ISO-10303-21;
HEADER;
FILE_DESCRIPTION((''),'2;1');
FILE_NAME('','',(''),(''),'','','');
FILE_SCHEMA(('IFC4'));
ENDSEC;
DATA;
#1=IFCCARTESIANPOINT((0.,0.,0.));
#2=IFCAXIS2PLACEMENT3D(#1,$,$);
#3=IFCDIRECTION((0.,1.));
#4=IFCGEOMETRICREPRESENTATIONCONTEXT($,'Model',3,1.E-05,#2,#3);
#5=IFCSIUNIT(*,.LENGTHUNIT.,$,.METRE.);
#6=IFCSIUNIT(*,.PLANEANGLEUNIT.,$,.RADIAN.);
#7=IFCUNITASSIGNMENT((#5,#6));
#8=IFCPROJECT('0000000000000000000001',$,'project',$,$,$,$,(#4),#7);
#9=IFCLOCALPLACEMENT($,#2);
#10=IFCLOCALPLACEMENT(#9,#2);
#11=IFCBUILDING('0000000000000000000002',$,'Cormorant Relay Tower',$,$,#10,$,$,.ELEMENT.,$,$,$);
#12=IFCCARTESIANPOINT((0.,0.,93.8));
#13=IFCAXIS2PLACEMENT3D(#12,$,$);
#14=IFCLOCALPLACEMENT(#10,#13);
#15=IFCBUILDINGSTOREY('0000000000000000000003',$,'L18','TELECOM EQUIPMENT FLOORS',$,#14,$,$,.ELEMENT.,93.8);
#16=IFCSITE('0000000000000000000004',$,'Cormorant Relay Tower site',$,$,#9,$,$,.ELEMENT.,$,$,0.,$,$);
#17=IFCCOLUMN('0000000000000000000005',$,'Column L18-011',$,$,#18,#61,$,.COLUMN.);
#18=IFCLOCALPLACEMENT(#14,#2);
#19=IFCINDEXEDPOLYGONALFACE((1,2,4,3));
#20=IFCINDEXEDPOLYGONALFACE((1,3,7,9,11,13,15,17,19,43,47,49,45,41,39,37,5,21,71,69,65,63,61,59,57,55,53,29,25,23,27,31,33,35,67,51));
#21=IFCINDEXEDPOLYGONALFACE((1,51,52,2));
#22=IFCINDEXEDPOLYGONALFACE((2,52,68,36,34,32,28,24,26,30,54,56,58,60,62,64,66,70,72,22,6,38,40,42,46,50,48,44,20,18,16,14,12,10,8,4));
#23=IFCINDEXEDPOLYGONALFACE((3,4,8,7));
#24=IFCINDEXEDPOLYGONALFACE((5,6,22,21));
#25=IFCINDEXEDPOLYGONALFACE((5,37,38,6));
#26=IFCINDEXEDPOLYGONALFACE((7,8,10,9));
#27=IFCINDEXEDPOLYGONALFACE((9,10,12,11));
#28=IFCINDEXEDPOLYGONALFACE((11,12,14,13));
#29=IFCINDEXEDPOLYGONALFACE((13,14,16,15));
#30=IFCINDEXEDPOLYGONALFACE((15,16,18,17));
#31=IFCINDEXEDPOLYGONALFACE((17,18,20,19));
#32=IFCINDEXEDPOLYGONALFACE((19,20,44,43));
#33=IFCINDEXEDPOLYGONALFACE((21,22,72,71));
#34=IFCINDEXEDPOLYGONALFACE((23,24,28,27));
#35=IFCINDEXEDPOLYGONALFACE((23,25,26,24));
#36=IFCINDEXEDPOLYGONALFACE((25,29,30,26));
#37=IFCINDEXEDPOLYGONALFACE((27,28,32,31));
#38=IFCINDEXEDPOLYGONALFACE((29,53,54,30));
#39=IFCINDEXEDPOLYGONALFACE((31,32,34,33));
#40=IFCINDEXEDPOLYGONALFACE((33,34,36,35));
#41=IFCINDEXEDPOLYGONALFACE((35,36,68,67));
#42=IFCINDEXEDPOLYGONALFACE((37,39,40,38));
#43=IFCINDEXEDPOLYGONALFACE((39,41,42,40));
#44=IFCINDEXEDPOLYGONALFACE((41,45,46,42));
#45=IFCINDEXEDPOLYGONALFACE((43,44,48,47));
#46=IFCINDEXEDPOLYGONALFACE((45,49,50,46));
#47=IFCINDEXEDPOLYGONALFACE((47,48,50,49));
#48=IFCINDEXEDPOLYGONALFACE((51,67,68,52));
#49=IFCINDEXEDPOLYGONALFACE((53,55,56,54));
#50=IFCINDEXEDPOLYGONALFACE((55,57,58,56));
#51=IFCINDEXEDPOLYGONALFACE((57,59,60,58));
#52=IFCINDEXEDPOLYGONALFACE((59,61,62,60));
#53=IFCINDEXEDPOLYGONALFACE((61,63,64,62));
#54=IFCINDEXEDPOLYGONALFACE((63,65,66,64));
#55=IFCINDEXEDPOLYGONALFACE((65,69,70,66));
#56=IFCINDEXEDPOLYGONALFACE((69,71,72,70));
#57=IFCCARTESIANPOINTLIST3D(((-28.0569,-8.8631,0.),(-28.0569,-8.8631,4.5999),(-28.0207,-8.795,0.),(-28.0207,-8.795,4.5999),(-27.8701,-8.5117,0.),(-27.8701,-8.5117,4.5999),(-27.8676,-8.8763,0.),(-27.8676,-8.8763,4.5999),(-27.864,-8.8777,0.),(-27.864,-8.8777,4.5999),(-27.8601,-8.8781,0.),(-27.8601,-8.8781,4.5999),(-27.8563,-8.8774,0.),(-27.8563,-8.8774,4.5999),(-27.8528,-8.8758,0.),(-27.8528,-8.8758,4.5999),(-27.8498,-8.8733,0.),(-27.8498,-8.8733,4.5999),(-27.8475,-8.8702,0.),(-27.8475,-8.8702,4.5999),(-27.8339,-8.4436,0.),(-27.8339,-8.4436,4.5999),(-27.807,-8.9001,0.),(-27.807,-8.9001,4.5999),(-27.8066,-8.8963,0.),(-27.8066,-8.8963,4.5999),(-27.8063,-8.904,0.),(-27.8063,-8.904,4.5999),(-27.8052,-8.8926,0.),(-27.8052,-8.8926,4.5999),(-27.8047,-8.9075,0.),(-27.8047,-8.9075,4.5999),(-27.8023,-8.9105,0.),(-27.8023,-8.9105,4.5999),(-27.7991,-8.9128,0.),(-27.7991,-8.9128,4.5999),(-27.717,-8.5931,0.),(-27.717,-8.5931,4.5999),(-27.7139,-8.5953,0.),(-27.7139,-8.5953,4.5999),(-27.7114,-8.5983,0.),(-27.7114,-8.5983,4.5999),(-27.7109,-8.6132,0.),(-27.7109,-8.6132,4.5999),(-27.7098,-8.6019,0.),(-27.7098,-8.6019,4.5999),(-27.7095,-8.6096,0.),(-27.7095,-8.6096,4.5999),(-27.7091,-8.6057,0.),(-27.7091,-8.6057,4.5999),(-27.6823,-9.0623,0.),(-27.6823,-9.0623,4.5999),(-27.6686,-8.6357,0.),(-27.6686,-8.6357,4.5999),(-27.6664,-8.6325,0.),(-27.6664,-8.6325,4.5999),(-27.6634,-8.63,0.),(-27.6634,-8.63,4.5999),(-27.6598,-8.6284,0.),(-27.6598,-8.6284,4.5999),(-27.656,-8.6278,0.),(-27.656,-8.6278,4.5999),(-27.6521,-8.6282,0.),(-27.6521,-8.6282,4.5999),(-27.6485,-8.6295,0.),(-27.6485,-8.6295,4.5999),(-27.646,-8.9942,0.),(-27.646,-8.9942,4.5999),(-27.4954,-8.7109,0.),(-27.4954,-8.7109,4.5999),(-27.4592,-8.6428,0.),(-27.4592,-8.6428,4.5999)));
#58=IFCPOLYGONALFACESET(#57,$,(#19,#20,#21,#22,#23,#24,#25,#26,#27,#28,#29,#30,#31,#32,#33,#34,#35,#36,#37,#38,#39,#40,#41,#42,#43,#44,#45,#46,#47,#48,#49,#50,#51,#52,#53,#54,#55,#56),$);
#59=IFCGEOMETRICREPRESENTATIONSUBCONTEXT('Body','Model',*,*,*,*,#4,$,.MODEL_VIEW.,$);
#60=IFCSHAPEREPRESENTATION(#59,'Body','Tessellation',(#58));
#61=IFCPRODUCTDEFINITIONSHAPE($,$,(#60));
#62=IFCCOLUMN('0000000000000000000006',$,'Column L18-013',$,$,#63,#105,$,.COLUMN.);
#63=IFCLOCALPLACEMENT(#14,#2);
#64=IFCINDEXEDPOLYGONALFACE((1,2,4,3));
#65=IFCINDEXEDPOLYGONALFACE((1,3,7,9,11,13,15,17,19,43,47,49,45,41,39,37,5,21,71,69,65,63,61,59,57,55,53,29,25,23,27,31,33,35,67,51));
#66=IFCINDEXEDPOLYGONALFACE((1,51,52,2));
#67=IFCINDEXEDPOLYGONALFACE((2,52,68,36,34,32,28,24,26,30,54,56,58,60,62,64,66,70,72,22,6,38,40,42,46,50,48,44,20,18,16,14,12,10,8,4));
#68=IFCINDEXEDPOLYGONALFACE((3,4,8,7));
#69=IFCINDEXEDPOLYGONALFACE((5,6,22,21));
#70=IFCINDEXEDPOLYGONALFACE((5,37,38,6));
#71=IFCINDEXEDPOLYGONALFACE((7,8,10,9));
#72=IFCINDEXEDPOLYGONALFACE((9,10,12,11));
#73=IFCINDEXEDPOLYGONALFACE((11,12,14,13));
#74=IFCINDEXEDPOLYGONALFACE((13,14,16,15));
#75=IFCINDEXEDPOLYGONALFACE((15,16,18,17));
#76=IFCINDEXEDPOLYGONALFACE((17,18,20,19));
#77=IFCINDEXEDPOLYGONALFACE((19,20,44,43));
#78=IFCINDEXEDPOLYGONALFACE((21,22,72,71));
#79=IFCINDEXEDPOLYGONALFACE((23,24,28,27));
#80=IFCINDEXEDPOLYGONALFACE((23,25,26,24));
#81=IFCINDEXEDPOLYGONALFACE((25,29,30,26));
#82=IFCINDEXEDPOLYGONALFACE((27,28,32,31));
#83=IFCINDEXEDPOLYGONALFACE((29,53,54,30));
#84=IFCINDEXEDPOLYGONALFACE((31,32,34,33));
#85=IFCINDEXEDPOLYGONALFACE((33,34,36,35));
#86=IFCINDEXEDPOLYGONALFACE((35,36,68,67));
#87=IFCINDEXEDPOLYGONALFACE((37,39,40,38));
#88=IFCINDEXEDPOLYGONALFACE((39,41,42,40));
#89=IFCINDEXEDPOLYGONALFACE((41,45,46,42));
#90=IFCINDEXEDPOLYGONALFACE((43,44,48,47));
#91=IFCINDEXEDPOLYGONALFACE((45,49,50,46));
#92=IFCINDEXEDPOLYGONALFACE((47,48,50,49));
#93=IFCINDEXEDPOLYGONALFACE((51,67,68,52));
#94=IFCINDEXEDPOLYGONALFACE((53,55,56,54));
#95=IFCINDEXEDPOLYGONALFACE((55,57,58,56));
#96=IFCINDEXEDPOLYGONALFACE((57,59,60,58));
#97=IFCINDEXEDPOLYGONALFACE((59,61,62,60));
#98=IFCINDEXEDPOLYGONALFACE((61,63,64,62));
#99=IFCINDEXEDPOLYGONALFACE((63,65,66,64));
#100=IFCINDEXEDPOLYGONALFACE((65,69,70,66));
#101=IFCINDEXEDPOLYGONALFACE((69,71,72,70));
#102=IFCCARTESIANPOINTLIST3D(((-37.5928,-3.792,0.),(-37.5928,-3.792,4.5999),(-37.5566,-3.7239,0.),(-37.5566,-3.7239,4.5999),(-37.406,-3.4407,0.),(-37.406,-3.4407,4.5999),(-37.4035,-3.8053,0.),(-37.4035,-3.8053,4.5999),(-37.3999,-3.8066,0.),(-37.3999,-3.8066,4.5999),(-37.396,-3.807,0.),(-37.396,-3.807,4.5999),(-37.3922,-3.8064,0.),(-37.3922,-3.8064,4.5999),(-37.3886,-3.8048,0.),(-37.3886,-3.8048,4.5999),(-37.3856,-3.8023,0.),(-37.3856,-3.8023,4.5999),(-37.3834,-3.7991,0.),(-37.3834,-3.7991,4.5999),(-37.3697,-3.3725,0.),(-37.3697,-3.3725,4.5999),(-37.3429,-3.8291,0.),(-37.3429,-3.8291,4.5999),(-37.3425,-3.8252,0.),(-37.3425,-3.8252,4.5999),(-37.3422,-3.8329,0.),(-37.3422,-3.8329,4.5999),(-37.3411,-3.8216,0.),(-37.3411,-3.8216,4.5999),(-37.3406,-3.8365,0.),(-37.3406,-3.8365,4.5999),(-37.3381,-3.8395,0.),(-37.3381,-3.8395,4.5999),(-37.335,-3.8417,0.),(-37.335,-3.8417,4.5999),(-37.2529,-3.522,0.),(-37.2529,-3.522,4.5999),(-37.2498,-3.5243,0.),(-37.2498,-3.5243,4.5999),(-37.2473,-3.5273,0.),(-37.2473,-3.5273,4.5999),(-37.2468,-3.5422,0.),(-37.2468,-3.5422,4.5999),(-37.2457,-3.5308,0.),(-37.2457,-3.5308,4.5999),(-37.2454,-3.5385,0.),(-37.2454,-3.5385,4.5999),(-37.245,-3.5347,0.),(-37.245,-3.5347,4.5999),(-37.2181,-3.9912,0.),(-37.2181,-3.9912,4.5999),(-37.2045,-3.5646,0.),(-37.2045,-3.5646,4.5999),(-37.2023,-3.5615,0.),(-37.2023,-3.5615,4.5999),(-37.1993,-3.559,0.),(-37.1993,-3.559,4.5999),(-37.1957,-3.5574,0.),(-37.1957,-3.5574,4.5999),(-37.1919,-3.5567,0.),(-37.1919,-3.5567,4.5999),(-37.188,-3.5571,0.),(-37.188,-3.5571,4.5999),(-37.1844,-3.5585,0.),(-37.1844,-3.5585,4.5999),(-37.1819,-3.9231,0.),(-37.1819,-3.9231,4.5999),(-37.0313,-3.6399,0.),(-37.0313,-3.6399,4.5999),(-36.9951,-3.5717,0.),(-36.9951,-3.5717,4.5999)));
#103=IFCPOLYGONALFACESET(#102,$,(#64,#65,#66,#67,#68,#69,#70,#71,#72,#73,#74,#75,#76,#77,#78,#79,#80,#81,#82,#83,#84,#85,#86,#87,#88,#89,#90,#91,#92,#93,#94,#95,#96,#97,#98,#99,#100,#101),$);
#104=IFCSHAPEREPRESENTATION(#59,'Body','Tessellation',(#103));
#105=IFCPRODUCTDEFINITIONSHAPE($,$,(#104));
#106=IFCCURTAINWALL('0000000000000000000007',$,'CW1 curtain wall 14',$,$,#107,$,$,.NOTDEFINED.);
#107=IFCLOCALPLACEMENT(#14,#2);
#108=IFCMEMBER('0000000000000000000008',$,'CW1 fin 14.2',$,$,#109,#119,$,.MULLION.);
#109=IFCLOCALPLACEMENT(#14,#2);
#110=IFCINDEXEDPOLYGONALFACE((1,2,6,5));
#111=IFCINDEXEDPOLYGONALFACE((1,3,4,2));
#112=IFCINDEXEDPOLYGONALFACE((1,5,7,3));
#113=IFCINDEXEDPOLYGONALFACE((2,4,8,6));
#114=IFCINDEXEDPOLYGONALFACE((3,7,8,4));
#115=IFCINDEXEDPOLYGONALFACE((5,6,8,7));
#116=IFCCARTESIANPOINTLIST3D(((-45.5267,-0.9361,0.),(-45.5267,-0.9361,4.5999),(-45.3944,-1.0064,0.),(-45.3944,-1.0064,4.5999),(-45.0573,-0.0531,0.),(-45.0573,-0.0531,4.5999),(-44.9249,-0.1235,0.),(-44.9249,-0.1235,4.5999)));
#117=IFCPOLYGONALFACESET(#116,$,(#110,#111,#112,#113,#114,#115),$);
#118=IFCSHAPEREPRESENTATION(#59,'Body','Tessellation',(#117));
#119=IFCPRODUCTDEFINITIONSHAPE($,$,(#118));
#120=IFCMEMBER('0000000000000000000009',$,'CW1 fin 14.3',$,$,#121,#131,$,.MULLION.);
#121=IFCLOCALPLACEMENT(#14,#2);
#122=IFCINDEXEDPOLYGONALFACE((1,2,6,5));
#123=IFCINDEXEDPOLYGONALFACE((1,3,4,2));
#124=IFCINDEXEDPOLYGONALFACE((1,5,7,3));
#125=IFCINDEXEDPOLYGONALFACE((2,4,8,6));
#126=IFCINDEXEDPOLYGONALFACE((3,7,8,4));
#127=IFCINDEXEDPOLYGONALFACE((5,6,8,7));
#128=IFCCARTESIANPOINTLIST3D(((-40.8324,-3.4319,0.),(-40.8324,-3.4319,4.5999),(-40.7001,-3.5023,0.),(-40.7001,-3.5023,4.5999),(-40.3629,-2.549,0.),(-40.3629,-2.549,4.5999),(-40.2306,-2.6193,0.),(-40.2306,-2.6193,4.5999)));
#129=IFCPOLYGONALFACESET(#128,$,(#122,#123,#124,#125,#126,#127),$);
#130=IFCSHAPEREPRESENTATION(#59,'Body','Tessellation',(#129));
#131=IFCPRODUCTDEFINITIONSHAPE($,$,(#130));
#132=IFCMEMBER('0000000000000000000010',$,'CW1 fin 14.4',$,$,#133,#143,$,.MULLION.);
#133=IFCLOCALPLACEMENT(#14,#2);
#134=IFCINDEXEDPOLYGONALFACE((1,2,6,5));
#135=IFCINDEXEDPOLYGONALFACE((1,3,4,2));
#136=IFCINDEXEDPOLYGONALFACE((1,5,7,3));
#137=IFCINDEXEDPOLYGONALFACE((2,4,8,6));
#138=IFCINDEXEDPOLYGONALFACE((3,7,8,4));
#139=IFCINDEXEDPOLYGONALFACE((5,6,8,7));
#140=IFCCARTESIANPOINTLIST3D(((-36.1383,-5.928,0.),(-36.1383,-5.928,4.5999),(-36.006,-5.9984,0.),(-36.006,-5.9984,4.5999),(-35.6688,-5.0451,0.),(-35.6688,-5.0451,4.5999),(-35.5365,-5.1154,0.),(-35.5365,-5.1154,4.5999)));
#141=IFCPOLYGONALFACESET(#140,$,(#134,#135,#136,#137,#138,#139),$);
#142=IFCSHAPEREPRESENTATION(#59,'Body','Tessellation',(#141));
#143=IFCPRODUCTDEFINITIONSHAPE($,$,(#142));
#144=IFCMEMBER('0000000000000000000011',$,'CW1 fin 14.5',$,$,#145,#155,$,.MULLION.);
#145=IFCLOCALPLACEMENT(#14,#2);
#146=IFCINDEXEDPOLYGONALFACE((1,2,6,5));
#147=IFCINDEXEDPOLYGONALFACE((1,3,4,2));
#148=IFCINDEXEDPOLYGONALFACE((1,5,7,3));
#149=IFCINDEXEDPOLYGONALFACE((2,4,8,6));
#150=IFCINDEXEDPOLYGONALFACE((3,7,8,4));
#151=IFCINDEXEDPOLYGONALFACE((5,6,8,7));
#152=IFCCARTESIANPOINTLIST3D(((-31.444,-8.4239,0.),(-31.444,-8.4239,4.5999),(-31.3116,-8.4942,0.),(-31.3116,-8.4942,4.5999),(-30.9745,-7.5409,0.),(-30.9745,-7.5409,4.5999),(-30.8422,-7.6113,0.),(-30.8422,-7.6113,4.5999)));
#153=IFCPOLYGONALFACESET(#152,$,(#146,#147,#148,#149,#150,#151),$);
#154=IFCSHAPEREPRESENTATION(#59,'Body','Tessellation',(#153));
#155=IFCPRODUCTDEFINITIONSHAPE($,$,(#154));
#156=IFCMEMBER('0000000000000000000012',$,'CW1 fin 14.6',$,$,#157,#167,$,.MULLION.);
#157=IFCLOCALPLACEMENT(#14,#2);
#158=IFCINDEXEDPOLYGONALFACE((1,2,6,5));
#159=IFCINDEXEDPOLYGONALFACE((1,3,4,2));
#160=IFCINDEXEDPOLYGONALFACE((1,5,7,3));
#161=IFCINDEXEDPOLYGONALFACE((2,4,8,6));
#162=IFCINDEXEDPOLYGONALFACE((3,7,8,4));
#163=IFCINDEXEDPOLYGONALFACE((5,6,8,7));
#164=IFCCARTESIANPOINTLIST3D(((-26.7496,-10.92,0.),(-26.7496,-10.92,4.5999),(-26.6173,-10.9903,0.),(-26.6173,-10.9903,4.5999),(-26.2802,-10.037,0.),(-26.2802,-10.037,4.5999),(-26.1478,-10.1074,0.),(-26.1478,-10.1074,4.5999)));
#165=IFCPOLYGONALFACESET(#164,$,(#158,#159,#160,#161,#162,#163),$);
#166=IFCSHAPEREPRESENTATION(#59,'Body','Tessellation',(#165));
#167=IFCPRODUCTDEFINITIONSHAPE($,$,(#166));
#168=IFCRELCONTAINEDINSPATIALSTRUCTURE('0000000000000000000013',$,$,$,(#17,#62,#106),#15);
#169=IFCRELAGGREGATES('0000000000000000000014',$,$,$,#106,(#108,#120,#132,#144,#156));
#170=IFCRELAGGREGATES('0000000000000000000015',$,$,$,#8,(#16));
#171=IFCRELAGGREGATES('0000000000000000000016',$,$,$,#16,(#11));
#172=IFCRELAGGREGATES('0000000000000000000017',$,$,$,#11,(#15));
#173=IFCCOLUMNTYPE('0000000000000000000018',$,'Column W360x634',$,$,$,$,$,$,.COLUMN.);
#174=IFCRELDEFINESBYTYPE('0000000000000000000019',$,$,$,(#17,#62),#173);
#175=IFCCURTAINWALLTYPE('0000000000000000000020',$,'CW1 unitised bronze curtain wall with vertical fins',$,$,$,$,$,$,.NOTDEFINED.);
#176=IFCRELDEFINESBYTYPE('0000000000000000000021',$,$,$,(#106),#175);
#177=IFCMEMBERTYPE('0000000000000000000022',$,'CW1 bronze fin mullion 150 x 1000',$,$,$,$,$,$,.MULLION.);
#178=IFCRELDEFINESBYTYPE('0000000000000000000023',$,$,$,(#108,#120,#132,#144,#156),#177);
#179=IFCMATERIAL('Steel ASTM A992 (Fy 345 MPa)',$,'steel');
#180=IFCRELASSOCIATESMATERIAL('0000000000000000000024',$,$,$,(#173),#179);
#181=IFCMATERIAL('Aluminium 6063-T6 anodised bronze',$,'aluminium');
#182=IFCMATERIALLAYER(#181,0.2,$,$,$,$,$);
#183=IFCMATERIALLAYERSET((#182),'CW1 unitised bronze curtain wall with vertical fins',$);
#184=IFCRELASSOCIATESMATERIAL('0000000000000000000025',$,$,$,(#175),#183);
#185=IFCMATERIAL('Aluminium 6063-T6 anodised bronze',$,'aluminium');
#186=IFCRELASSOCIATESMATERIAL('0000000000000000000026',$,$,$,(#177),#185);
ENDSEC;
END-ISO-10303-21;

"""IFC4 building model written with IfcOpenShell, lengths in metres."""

from ifc_helpers import new_model, si_unit, direction, frame, origin, origin_2d, place, context, subcontext, project, spatial, rectangle, i_section, extrude, material, layer, layer_set, material_profile, profile_set, type_object, element, aggregate, save


model = new_model("IFC4")

# Units and contexts
model_context = context("Model", 3, precision=1e-05, world=origin(), true_north=direction((0.0, 1.0)))
body_context = subcontext(model_context, "Body", "Model", "MODEL_VIEW")
ifc_project = project(units=[si_unit("LENGTHUNIT", "METRE"), si_unit("PLANEANGLEUNIT", "RADIAN")], contexts=[model_context])

# Site, building, storey
site_placement = place(None, origin())
site = spatial("IfcSite", under=ifc_project, at=site_placement, Name="Cormorant Relay Tower site", CompositionType="ELEMENT", RefElevation=0.0)
building_placement = place(site_placement, origin())
building = spatial("IfcBuilding", under=site, at=building_placement, Name="Cormorant Relay Tower", CompositionType="ELEMENT")
storey_placement = place(building_placement, frame((0.0, 0.0, 93.8)))
storey = spatial("IfcBuildingStorey", under=building, at=storey_placement, Name="L18", Description="TELECOM EQUIPMENT FLOORS", CompositionType="ELEMENT", Elevation=93.8)

# Columns
ifc_material_1 = material(Name="Steel ASTM A992 (Fy 345 MPa)", Category="steel")
ifc_material_profile_1 = material_profile(ifc_material_1, i_section(OverallWidth=0.4243, OverallDepth=0.4751, WebThickness=0.0479, FlangeThickness=0.0771, FilletRadius=0.0149, at=origin_2d()), Name="W360x634")
ifc_profile_set_1 = profile_set([ifc_material_profile_1], Name="Steel ASTM A992 (Fy 345 MPa)")
column_type = type_object("IfcColumnType", Name="Column W360x634", PredefinedType="COLUMN", material=ifc_profile_set_1)
for number, where, z_axis, x_axis, name in (
    (1, (-27.7581, -8.7529, 0.0), (0.0, 0.0, 1.0), (0.882948, -0.469472, 0.0), "Column L18-011"),
    (2, (-37.2939, -3.6819, 0.0), (0.0, 0.0, 1.0), (0.882948, -0.469472, 0.0), "Column L18-013"),
):
    element("IfcColumn", number, at=place(storey_placement, frame(where, z_axis=z_axis, x_axis=x_axis)), inside=storey, type_object=column_type, Name=name, PredefinedType="COLUMN", context=body_context, shape_type="SweptSolid", body=[
        extrude(i_section(OverallWidth=0.4243, OverallDepth=0.4751, WebThickness=0.0479, FlangeThickness=0.0771, FilletRadius=0.0149, at=origin_2d()), origin(), (0.0, 0.0, 1.0), 4.5999),
    ])

# Curtain wall, members
ifc_material_2 = material(Name="Aluminium 6063-T6 anodised bronze", Category="aluminium")
ifc_layer_1 = layer(ifc_material_2, 0.2)
ifc_layer_set_1 = layer_set([ifc_layer_1], Name="CW1 unitised bronze curtain wall with vertical fins")
curtain_wall_type = type_object("IfcCurtainWallType", Name="CW1 unitised bronze curtain wall with vertical fins", PredefinedType="NOTDEFINED", material=ifc_layer_set_1)
curtain_wall_placement = place(storey_placement, origin())
curtain_wall = element("IfcCurtainWall", 3, at=curtain_wall_placement, inside=storey, type_object=curtain_wall_type, Name="CW1 curtain wall 14", PredefinedType="NOTDEFINED")
ifc_material_3 = material(Name="Aluminium 6063-T6 anodised bronze", Category="aluminium")
ifc_material_profile_2 = material_profile(ifc_material_3, rectangle(XDim=0.1499, YDim=1.0, at=origin_2d()), Name="AL 150x1000")
ifc_profile_set_2 = profile_set([ifc_material_profile_2], Name="Aluminium 6063-T6 anodised bronze")
member_type = type_object("IfcMemberType", Name="CW1 bronze fin mullion 150 x 1000", PredefinedType="MULLION", material=ifc_profile_set_2)
member_1_placement = place(storey_placement, frame((-45.2258, -0.5298, 0.0), z_axis=(0.0, 0.0, 1.0), x_axis=(0.882948, -0.469472, 0.0)))
member_1 = element("IfcMember", 4, at=member_1_placement, type_object=member_type, Name="CW1 fin 14.2", PredefinedType="MULLION", context=body_context, shape_type="SweptSolid", body=[
    extrude(rectangle(XDim=0.1499, YDim=1.0, at=origin_2d()), origin(), (0.0, 0.0, 1.0), 4.5999),
])
member_2_placement = place(storey_placement, frame((-40.5315, -3.0256, 0.0), z_axis=(0.0, 0.0, 1.0), x_axis=(0.882948, -0.469472, 0.0)))
member_2 = element("IfcMember", 5, at=member_2_placement, type_object=member_type, Name="CW1 fin 14.3", PredefinedType="MULLION", context=body_context, shape_type="SweptSolid", body=[
    extrude(rectangle(XDim=0.1499, YDim=1.0, at=origin_2d()), origin(), (0.0, 0.0, 1.0), 4.5999),
])
member_3_placement = place(storey_placement, frame((-35.8374, -5.5217, 0.0), z_axis=(0.0, 0.0, 1.0), x_axis=(0.882948, -0.469472, 0.0)))
member_3 = element("IfcMember", 6, at=member_3_placement, type_object=member_type, Name="CW1 fin 14.4", PredefinedType="MULLION", context=body_context, shape_type="SweptSolid", body=[
    extrude(rectangle(XDim=0.1499, YDim=1.0, at=origin_2d()), origin(), (0.0, 0.0, 1.0), 4.5999),
])
member_4_placement = place(storey_placement, frame((-31.1431, -8.0176, 0.0), z_axis=(0.0, 0.0, 1.0), x_axis=(0.882948, -0.469472, 0.0)))
member_4 = element("IfcMember", 7, at=member_4_placement, type_object=member_type, Name="CW1 fin 14.5", PredefinedType="MULLION", context=body_context, shape_type="SweptSolid", body=[
    extrude(rectangle(XDim=0.1499, YDim=1.0, at=origin_2d()), origin(), (0.0, 0.0, 1.0), 4.5999),
])
member_5_placement = place(storey_placement, frame((-26.4487, -10.5137, 0.0), z_axis=(0.0, 0.0, 1.0), x_axis=(0.882948, -0.469472, 0.0)))
member_5 = element("IfcMember", 8, at=member_5_placement, type_object=member_type, Name="CW1 fin 14.6", PredefinedType="MULLION", context=body_context, shape_type="SweptSolid", body=[
    extrude(rectangle(XDim=0.1499, YDim=1.0, at=origin_2d()), origin(), (0.0, 0.0, 1.0), 4.5999),
])

aggregate(curtain_wall, [member_1, member_2, member_3, member_4, member_5])

save(model, "model.ifc")
